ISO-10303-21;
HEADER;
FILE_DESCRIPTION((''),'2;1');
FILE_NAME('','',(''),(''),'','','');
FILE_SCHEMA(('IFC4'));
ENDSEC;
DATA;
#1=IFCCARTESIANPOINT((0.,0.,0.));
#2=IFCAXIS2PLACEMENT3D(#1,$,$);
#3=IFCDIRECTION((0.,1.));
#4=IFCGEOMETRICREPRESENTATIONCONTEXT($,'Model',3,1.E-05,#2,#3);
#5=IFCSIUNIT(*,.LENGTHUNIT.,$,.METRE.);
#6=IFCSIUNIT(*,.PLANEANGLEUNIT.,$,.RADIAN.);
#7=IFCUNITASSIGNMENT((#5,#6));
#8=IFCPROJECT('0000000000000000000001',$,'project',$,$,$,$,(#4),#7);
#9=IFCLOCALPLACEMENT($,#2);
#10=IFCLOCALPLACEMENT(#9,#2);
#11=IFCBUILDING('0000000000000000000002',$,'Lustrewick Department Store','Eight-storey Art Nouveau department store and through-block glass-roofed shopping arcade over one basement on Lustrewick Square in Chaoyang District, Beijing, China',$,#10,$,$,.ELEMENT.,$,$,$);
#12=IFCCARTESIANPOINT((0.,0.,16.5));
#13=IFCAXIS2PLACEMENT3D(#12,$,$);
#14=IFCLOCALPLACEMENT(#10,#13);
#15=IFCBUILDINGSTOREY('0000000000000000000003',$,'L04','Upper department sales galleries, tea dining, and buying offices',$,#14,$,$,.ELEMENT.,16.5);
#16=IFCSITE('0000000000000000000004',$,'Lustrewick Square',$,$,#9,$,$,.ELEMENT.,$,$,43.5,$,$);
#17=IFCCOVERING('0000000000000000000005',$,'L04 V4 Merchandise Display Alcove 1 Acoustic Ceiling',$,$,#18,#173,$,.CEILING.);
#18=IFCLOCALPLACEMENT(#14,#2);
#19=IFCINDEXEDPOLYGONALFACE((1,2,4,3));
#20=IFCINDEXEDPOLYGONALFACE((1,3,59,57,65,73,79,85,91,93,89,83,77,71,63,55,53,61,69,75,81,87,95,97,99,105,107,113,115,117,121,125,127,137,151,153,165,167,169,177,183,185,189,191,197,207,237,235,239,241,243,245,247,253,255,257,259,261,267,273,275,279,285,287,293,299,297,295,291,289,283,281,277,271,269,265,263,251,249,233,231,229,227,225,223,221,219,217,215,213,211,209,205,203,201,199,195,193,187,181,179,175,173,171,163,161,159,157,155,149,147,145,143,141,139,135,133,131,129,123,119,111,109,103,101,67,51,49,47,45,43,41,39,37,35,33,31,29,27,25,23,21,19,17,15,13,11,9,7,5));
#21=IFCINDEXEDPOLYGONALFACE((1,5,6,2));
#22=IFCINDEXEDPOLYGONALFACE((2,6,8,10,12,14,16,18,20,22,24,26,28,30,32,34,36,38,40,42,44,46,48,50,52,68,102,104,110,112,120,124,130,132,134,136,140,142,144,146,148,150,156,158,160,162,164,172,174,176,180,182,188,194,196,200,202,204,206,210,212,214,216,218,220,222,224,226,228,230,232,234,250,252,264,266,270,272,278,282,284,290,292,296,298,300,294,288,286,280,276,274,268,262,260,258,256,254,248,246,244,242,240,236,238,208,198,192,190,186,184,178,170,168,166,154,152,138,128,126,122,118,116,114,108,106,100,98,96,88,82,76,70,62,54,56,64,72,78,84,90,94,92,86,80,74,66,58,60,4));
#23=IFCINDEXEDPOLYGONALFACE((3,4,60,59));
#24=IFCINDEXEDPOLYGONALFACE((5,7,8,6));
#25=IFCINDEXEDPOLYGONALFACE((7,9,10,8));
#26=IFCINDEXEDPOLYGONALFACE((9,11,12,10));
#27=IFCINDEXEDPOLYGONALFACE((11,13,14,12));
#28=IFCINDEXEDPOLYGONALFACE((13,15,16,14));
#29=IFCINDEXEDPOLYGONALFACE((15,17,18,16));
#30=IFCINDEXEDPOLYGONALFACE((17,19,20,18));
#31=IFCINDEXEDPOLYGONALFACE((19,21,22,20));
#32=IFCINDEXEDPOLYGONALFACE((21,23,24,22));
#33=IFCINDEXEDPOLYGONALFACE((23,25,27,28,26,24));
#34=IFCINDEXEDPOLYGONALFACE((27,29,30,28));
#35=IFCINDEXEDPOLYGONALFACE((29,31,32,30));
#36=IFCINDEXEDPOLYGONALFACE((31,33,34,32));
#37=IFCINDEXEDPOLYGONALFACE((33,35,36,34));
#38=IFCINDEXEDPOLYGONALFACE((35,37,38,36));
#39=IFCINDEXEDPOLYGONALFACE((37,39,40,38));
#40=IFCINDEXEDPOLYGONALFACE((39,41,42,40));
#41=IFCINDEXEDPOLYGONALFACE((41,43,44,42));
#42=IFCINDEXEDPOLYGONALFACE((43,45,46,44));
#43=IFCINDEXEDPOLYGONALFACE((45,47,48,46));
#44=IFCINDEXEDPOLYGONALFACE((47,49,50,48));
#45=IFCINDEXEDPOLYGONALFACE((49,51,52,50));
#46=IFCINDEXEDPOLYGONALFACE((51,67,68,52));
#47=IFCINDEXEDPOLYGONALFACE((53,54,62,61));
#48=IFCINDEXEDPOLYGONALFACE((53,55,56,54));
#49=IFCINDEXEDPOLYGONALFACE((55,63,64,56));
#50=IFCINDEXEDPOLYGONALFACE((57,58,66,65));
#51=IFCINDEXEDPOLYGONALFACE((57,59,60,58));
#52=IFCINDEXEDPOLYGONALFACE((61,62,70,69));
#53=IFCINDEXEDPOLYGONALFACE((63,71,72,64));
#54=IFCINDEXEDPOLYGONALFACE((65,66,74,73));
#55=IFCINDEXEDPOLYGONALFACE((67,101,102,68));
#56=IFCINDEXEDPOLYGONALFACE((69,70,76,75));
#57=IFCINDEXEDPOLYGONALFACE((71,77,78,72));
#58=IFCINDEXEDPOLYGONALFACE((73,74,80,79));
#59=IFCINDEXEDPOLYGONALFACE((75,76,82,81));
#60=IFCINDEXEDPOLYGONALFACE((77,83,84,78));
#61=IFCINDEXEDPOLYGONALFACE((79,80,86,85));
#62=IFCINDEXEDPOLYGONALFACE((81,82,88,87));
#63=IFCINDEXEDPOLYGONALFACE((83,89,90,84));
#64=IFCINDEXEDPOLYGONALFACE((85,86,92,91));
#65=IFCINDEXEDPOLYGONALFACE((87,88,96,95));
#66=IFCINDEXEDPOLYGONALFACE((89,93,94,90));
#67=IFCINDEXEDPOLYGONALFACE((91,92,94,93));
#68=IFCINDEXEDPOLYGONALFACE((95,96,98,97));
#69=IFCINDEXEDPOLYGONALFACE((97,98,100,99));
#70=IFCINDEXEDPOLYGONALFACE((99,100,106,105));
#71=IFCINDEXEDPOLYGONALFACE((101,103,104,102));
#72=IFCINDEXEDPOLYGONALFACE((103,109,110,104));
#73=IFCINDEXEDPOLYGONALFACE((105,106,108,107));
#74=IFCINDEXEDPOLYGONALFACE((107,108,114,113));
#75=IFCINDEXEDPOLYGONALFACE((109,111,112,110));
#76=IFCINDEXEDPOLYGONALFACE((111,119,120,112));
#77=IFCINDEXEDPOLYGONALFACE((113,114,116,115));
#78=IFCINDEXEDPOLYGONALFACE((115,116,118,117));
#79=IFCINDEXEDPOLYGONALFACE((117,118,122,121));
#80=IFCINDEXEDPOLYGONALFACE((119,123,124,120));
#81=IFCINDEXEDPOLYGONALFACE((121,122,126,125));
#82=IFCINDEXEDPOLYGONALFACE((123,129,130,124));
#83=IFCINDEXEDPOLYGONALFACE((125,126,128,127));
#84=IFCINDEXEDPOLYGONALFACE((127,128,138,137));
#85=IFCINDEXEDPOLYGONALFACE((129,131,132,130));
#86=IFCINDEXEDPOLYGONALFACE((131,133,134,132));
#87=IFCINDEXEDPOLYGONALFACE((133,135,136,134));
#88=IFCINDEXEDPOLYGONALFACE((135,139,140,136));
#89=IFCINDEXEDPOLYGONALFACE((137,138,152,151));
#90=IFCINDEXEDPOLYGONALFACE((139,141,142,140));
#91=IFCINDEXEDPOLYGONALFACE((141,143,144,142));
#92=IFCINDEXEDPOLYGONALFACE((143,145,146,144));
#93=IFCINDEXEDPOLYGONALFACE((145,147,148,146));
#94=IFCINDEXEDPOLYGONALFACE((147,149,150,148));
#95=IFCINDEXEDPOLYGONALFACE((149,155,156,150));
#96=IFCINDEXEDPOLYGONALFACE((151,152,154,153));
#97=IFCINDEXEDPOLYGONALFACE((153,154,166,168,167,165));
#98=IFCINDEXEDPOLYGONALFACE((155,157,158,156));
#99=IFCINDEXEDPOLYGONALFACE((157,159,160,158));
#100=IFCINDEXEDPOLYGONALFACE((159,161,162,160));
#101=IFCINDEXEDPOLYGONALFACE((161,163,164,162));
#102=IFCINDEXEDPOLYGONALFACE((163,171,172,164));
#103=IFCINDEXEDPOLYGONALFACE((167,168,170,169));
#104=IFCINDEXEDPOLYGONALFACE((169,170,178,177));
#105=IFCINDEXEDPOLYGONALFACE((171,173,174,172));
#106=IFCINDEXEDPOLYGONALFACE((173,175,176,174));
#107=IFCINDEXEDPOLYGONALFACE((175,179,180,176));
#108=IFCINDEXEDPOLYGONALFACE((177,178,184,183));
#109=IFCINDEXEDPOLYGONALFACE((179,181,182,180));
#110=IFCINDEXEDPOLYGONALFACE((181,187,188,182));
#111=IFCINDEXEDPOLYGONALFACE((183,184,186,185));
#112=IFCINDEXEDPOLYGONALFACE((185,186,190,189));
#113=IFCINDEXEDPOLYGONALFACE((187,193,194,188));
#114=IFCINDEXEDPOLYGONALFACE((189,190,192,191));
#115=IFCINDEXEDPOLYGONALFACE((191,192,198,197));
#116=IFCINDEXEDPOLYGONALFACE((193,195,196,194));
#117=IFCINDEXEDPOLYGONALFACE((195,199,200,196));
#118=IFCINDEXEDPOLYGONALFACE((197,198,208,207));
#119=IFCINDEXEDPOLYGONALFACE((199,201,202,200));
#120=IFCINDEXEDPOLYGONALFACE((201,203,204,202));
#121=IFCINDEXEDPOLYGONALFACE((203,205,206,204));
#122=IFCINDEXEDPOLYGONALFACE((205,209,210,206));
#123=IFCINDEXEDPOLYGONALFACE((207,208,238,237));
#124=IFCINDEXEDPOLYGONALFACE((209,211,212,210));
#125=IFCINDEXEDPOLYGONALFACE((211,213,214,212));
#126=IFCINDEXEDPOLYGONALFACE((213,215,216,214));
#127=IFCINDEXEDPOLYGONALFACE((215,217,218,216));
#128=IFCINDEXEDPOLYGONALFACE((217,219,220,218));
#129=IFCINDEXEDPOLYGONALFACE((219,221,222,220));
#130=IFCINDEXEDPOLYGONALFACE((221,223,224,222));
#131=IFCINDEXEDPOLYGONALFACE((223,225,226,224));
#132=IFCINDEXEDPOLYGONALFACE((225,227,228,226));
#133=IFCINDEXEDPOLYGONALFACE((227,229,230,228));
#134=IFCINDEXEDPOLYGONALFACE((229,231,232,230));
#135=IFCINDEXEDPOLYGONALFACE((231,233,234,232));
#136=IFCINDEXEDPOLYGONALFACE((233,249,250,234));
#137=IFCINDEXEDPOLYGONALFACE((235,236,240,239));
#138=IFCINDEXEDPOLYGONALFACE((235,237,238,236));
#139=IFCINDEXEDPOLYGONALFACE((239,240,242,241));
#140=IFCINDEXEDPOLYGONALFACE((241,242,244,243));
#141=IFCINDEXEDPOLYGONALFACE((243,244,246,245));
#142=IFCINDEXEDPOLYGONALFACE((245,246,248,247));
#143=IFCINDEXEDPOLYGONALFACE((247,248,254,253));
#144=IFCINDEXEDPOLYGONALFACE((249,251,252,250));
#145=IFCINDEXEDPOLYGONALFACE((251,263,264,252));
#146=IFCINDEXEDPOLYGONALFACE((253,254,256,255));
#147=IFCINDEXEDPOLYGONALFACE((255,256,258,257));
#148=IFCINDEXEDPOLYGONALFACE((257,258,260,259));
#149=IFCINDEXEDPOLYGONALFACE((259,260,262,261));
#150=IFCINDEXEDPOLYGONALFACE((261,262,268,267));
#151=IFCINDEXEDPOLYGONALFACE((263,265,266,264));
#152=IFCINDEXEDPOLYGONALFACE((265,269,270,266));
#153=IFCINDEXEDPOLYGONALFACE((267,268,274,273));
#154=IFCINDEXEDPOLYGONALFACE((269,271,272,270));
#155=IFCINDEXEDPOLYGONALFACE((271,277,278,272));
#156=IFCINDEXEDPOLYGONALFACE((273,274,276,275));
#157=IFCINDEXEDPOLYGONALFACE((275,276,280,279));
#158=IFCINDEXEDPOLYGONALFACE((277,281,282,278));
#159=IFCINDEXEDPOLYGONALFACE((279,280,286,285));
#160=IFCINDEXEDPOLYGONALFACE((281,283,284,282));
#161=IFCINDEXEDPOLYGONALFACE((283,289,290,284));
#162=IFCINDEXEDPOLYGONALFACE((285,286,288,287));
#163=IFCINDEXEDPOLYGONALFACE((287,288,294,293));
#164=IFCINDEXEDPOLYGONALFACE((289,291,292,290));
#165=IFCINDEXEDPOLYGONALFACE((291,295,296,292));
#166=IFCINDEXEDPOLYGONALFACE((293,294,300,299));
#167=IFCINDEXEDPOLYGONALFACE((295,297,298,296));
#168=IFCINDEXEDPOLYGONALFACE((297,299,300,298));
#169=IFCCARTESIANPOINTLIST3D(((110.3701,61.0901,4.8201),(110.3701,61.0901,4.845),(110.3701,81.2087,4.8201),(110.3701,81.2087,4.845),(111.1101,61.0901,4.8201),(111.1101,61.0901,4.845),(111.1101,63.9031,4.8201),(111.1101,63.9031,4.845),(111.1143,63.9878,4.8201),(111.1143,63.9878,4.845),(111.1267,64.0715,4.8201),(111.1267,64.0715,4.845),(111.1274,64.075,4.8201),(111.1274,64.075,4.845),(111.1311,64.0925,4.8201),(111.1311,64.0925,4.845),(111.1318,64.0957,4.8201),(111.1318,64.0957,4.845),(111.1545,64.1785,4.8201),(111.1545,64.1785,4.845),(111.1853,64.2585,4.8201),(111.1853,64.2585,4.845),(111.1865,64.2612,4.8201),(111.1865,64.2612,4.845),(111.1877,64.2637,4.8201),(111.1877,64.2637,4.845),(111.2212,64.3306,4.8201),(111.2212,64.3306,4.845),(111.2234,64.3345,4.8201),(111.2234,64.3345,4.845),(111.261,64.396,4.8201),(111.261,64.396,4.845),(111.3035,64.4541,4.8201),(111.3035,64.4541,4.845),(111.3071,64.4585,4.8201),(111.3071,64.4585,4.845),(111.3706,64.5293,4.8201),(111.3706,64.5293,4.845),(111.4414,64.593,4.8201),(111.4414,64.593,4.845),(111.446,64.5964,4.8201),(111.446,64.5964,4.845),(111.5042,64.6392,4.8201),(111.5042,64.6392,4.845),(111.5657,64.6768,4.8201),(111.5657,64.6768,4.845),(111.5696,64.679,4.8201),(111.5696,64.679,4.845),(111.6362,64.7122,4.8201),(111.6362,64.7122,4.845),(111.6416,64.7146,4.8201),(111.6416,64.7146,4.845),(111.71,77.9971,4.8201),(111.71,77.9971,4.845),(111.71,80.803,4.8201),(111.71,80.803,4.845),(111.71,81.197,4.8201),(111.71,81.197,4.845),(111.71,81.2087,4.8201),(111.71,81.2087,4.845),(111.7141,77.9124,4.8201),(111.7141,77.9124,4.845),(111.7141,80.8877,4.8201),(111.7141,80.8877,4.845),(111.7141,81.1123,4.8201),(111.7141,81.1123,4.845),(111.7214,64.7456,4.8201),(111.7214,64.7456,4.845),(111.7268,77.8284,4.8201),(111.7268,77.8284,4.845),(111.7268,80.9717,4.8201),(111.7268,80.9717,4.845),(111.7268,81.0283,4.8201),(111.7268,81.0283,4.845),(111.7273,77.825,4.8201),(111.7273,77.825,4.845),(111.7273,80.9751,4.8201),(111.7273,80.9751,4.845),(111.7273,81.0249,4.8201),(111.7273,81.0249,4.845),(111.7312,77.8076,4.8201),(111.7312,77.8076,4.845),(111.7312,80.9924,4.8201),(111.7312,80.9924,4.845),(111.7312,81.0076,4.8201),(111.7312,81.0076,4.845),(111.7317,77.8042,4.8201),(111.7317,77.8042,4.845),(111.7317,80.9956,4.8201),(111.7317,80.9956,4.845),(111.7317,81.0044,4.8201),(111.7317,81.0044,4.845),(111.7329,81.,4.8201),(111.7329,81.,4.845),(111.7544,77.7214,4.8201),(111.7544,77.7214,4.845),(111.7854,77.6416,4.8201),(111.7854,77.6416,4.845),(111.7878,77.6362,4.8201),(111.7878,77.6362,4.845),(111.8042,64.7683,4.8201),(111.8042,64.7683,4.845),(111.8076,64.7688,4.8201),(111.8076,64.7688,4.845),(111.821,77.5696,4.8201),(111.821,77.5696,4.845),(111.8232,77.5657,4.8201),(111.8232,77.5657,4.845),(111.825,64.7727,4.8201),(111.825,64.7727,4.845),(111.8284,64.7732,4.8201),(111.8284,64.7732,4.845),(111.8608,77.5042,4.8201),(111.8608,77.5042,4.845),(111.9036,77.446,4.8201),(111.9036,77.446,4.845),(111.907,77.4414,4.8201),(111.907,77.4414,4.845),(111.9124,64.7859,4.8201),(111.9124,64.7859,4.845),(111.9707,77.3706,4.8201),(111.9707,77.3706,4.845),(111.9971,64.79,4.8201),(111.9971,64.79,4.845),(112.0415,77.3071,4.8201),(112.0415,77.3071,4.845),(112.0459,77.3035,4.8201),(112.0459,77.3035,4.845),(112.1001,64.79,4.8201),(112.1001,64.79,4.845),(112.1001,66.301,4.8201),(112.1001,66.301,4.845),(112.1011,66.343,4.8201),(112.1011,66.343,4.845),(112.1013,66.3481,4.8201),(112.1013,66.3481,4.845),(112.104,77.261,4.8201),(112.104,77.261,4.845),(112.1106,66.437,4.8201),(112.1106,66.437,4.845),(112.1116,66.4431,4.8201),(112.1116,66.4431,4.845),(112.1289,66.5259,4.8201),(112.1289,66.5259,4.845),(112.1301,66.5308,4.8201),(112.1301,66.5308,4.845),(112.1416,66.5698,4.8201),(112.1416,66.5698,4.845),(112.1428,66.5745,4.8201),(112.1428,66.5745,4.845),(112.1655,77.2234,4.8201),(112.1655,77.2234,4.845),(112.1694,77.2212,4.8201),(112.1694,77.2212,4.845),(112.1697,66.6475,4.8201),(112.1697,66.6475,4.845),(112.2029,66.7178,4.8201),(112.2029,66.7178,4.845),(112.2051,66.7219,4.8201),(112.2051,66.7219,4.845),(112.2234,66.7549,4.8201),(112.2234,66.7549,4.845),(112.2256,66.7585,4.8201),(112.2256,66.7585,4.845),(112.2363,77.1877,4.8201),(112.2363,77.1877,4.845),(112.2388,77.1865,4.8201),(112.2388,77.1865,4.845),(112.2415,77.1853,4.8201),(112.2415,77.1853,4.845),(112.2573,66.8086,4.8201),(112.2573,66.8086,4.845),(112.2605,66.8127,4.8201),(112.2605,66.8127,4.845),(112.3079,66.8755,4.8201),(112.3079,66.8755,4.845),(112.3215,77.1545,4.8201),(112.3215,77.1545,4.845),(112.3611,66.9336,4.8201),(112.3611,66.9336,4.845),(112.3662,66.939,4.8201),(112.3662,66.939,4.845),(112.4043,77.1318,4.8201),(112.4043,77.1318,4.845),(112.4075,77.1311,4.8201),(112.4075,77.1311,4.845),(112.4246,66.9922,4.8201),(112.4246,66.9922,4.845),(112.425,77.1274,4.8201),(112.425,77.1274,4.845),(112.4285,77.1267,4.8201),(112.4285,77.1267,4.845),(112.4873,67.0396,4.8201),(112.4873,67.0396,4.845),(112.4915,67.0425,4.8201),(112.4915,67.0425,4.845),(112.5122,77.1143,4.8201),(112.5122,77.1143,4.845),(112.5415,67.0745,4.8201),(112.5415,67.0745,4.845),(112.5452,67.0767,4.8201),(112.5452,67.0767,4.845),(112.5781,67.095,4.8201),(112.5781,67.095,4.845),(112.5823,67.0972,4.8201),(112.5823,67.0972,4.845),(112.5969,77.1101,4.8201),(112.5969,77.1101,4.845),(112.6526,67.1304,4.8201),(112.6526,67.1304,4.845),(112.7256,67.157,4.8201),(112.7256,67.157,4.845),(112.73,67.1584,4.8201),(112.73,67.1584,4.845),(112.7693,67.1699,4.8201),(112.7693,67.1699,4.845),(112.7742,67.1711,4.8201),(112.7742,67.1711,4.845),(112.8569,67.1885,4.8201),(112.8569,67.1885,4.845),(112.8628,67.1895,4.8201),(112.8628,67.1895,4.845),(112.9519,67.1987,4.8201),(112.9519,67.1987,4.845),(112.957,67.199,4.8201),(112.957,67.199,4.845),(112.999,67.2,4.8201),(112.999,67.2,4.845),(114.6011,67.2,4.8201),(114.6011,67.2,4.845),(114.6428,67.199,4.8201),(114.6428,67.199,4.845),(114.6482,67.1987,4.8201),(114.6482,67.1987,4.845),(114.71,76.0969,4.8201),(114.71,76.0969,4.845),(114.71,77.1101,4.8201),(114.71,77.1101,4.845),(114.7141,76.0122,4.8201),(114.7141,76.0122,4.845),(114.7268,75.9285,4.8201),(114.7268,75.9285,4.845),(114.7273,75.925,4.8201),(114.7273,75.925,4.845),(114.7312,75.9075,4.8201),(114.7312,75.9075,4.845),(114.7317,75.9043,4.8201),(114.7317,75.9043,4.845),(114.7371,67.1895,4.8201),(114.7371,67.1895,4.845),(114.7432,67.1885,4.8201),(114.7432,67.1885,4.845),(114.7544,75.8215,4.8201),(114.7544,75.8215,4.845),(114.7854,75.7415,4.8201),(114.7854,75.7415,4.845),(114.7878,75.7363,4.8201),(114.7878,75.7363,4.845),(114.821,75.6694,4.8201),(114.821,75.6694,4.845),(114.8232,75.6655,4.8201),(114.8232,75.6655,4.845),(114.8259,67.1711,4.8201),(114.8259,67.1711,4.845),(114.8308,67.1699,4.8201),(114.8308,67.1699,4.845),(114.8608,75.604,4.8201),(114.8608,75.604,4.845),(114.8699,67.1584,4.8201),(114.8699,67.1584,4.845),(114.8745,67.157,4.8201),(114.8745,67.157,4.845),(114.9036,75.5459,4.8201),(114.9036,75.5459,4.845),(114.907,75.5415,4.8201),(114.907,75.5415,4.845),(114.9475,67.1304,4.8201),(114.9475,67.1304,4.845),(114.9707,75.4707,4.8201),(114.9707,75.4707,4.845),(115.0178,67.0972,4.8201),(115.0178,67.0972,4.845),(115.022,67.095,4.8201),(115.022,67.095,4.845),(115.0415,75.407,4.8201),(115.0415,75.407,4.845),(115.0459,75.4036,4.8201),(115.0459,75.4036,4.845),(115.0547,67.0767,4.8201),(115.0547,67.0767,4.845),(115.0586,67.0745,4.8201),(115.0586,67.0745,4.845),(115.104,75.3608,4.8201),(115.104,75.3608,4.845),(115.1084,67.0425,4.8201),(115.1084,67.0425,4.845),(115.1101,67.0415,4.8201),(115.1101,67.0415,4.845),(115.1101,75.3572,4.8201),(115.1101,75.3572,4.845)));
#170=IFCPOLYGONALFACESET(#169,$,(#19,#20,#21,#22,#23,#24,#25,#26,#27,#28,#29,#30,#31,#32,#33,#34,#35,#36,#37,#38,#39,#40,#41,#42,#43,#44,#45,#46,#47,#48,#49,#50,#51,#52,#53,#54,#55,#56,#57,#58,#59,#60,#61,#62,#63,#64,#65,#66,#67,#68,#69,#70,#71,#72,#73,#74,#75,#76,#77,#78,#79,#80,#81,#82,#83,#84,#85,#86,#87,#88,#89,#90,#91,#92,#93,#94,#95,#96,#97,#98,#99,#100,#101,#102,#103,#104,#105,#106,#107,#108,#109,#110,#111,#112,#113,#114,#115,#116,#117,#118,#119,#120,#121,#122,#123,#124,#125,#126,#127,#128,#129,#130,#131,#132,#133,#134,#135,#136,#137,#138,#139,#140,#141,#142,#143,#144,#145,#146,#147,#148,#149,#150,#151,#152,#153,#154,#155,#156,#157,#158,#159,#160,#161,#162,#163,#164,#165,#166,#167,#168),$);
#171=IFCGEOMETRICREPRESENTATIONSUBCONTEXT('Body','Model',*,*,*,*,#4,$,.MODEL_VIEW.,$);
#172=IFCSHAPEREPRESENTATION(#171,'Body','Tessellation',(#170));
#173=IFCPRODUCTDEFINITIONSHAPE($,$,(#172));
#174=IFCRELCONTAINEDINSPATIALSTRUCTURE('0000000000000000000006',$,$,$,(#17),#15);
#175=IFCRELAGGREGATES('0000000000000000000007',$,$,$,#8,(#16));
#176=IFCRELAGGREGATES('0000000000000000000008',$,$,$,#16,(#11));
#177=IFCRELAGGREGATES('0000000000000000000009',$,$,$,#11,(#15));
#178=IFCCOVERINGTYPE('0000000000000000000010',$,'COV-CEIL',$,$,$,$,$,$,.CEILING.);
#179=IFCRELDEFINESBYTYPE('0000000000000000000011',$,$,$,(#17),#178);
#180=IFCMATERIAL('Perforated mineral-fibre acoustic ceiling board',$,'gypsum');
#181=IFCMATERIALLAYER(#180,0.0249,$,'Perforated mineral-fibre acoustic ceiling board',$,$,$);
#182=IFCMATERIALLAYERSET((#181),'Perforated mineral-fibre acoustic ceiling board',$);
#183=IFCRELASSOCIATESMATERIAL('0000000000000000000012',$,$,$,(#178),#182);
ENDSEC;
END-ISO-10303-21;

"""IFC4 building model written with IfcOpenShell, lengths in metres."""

from ifc_helpers import new_model, si_unit, direction, frame, origin, place, context, subcontext, project, spatial, polyline, outline, extrude, material, layer, layer_set, type_object, element, save


model = new_model("IFC4")

# Units and contexts
model_context = context("Model", 3, precision=1e-05, world=origin(), true_north=direction((0.0, 1.0)))
body_context = subcontext(model_context, "Body", "Model", "MODEL_VIEW")
ifc_project = project(units=[si_unit("LENGTHUNIT", "METRE"), si_unit("PLANEANGLEUNIT", "RADIAN")], contexts=[model_context])

# Site, building, storey
site_placement = place(None, origin())
site = spatial("IfcSite", under=ifc_project, at=site_placement, Name="Lustrewick Square", CompositionType="ELEMENT", RefElevation=43.5)
building_placement = place(site_placement, origin())
building = spatial("IfcBuilding", under=site, at=building_placement, Name="Lustrewick Department Store", Description="Eight-storey Art Nouveau department store and through-block glass-roofed shopping arcade over one basement on Lustrewick Square in Chaoyang District, Beijing, China", CompositionType="ELEMENT")
storey_placement = place(building_placement, frame((0.0, 0.0, 16.5)))
storey = spatial("IfcBuildingStorey", under=building, at=storey_placement, Name="L04", Description="Upper department sales galleries, tea dining, and buying offices", CompositionType="ELEMENT", Elevation=16.5)

# Covering
ifc_material_1 = material(Name="Perforated mineral-fibre acoustic ceiling board", Category="gypsum")
ifc_layer_1 = layer(ifc_material_1, 0.0249, Name="Perforated mineral-fibre acoustic ceiling board")
ifc_layer_set_1 = layer_set([ifc_layer_1], Name="Perforated mineral-fibre acoustic ceiling board")
covering_type_1 = type_object("IfcCoveringType", Name="COV-CEIL", PredefinedType="CEILING", material=ifc_layer_set_1)
covering_1_placement = place(storey_placement, frame((0.0, 0.0, 4.8201)))
element("IfcCovering", 1, at=covering_1_placement, inside=storey, type_object=covering_type_1, Name="L04 V4 Merchandise Display Alcove 1 Acoustic Ceiling", PredefinedType="CEILING", context=body_context, shape_type="SweptSolid", body=[
    extrude(outline(polyline([(110.3701, 61.0901), (111.1101, 61.0901), (111.1101, 63.9031), (111.1143, 63.9878), (111.1267, 64.0715), (111.1274, 64.075), (111.1311, 64.0925), (111.1318, 64.0957), (111.1545, 64.1785), (111.1853, 64.2585), (111.1865, 64.2612), (111.1877, 64.2637), (111.2212, 64.3306), (111.2234, 64.3345), (111.261, 64.396), (111.3035, 64.4541), (111.3071, 64.4585), (111.3706, 64.5293), (111.4414, 64.593), (111.446, 64.5964), (111.5042, 64.6392), (111.5657, 64.6768), (111.5696, 64.679), (111.6362, 64.7122), (111.6416, 64.7146), (111.7214, 64.7456), (111.8042, 64.7683), (111.8076, 64.7688), (111.825, 64.7727), (111.8284, 64.7732), (111.9124, 64.7859), (111.9971, 64.79), (112.1001, 64.79), (112.1001, 66.301), (112.1011, 66.343), (112.1013, 66.3481), (112.1106, 66.437), (112.1116, 66.4431), (112.1289, 66.5259), (112.1301, 66.5308), (112.1416, 66.5698), (112.1428, 66.5745), (112.1697, 66.6475), (112.2029, 66.7178), (112.2051, 66.7219), (112.2234, 66.7549), (112.2256, 66.7585), (112.2573, 66.8086), (112.2605, 66.8127), (112.3079, 66.8755), (112.3611, 66.9336), (112.3662, 66.939), (112.4246, 66.9922), (112.4873, 67.0396), (112.4915, 67.0425), (112.5415, 67.0745), (112.5452, 67.0767), (112.5781, 67.095), (112.5823, 67.0972), (112.6526, 67.1304), (112.7256, 67.157), (112.73, 67.1584), (112.7693, 67.1699), (112.7742, 67.1711), (112.8569, 67.1885), (112.8628, 67.1895), (112.9519, 67.1987), (112.957, 67.199), (112.999, 67.2), (114.6011, 67.2), (114.6428, 67.199), (114.6482, 67.1987), (114.7371, 67.1895), (114.7432, 67.1885), (114.8259, 67.1711), (114.8308, 67.1699), (114.8699, 67.1584), (114.8745, 67.157), (114.9475, 67.1304), (115.0178, 67.0972), (115.022, 67.095), (115.0547, 67.0767), (115.0586, 67.0745), (115.1084, 67.0425), (115.1101, 67.0415), (115.1101, 75.3572), (115.104, 75.3608), (115.0459, 75.4036), (115.0415, 75.407), (114.9707, 75.4707), (114.907, 75.5415), (114.9036, 75.5459), (114.8608, 75.604), (114.8232, 75.6655), (114.821, 75.6694), (114.7878, 75.7363), (114.7854, 75.7415), (114.7544, 75.8215), (114.7317, 75.9043), (114.7312, 75.9075), (114.7273, 75.925), (114.7268, 75.9285), (114.7141, 76.0122), (114.71, 76.0969), (114.71, 77.1101), (112.5969, 77.1101), (112.5122, 77.1143), (112.4285, 77.1267), (112.425, 77.1274), (112.4075, 77.1311), (112.4043, 77.1318), (112.3215, 77.1545), (112.2415, 77.1853), (112.2388, 77.1865), (112.2363, 77.1877), (112.1694, 77.2212), (112.1655, 77.2234), (112.104, 77.261), (112.0459, 77.3035), (112.0415, 77.3071), (111.9707, 77.3706), (111.907, 77.4414), (111.9036, 77.446), (111.8608, 77.5042), (111.8232, 77.5657), (111.821, 77.5696), (111.7878, 77.6362), (111.7854, 77.6416), (111.7544, 77.7214), (111.7317, 77.8042), (111.7312, 77.8076), (111.7273, 77.825), (111.7268, 77.8284), (111.7141, 77.9124), (111.71, 77.9971), (111.71, 80.803), (111.7141, 80.8877), (111.7268, 80.9717), (111.7273, 80.9751), (111.7312, 80.9924), (111.7317, 80.9956), (111.7329, 81.0), (111.7317, 81.0044), (111.7312, 81.0076), (111.7273, 81.0249), (111.7268, 81.0283), (111.7141, 81.1123), (111.71, 81.197), (111.71, 81.2087), (110.3701, 81.2087), (110.3701, 61.0901)])), origin(), (0.0, 0.0, 1.0), 0.0249),
])

save(model, "model.ifc")
